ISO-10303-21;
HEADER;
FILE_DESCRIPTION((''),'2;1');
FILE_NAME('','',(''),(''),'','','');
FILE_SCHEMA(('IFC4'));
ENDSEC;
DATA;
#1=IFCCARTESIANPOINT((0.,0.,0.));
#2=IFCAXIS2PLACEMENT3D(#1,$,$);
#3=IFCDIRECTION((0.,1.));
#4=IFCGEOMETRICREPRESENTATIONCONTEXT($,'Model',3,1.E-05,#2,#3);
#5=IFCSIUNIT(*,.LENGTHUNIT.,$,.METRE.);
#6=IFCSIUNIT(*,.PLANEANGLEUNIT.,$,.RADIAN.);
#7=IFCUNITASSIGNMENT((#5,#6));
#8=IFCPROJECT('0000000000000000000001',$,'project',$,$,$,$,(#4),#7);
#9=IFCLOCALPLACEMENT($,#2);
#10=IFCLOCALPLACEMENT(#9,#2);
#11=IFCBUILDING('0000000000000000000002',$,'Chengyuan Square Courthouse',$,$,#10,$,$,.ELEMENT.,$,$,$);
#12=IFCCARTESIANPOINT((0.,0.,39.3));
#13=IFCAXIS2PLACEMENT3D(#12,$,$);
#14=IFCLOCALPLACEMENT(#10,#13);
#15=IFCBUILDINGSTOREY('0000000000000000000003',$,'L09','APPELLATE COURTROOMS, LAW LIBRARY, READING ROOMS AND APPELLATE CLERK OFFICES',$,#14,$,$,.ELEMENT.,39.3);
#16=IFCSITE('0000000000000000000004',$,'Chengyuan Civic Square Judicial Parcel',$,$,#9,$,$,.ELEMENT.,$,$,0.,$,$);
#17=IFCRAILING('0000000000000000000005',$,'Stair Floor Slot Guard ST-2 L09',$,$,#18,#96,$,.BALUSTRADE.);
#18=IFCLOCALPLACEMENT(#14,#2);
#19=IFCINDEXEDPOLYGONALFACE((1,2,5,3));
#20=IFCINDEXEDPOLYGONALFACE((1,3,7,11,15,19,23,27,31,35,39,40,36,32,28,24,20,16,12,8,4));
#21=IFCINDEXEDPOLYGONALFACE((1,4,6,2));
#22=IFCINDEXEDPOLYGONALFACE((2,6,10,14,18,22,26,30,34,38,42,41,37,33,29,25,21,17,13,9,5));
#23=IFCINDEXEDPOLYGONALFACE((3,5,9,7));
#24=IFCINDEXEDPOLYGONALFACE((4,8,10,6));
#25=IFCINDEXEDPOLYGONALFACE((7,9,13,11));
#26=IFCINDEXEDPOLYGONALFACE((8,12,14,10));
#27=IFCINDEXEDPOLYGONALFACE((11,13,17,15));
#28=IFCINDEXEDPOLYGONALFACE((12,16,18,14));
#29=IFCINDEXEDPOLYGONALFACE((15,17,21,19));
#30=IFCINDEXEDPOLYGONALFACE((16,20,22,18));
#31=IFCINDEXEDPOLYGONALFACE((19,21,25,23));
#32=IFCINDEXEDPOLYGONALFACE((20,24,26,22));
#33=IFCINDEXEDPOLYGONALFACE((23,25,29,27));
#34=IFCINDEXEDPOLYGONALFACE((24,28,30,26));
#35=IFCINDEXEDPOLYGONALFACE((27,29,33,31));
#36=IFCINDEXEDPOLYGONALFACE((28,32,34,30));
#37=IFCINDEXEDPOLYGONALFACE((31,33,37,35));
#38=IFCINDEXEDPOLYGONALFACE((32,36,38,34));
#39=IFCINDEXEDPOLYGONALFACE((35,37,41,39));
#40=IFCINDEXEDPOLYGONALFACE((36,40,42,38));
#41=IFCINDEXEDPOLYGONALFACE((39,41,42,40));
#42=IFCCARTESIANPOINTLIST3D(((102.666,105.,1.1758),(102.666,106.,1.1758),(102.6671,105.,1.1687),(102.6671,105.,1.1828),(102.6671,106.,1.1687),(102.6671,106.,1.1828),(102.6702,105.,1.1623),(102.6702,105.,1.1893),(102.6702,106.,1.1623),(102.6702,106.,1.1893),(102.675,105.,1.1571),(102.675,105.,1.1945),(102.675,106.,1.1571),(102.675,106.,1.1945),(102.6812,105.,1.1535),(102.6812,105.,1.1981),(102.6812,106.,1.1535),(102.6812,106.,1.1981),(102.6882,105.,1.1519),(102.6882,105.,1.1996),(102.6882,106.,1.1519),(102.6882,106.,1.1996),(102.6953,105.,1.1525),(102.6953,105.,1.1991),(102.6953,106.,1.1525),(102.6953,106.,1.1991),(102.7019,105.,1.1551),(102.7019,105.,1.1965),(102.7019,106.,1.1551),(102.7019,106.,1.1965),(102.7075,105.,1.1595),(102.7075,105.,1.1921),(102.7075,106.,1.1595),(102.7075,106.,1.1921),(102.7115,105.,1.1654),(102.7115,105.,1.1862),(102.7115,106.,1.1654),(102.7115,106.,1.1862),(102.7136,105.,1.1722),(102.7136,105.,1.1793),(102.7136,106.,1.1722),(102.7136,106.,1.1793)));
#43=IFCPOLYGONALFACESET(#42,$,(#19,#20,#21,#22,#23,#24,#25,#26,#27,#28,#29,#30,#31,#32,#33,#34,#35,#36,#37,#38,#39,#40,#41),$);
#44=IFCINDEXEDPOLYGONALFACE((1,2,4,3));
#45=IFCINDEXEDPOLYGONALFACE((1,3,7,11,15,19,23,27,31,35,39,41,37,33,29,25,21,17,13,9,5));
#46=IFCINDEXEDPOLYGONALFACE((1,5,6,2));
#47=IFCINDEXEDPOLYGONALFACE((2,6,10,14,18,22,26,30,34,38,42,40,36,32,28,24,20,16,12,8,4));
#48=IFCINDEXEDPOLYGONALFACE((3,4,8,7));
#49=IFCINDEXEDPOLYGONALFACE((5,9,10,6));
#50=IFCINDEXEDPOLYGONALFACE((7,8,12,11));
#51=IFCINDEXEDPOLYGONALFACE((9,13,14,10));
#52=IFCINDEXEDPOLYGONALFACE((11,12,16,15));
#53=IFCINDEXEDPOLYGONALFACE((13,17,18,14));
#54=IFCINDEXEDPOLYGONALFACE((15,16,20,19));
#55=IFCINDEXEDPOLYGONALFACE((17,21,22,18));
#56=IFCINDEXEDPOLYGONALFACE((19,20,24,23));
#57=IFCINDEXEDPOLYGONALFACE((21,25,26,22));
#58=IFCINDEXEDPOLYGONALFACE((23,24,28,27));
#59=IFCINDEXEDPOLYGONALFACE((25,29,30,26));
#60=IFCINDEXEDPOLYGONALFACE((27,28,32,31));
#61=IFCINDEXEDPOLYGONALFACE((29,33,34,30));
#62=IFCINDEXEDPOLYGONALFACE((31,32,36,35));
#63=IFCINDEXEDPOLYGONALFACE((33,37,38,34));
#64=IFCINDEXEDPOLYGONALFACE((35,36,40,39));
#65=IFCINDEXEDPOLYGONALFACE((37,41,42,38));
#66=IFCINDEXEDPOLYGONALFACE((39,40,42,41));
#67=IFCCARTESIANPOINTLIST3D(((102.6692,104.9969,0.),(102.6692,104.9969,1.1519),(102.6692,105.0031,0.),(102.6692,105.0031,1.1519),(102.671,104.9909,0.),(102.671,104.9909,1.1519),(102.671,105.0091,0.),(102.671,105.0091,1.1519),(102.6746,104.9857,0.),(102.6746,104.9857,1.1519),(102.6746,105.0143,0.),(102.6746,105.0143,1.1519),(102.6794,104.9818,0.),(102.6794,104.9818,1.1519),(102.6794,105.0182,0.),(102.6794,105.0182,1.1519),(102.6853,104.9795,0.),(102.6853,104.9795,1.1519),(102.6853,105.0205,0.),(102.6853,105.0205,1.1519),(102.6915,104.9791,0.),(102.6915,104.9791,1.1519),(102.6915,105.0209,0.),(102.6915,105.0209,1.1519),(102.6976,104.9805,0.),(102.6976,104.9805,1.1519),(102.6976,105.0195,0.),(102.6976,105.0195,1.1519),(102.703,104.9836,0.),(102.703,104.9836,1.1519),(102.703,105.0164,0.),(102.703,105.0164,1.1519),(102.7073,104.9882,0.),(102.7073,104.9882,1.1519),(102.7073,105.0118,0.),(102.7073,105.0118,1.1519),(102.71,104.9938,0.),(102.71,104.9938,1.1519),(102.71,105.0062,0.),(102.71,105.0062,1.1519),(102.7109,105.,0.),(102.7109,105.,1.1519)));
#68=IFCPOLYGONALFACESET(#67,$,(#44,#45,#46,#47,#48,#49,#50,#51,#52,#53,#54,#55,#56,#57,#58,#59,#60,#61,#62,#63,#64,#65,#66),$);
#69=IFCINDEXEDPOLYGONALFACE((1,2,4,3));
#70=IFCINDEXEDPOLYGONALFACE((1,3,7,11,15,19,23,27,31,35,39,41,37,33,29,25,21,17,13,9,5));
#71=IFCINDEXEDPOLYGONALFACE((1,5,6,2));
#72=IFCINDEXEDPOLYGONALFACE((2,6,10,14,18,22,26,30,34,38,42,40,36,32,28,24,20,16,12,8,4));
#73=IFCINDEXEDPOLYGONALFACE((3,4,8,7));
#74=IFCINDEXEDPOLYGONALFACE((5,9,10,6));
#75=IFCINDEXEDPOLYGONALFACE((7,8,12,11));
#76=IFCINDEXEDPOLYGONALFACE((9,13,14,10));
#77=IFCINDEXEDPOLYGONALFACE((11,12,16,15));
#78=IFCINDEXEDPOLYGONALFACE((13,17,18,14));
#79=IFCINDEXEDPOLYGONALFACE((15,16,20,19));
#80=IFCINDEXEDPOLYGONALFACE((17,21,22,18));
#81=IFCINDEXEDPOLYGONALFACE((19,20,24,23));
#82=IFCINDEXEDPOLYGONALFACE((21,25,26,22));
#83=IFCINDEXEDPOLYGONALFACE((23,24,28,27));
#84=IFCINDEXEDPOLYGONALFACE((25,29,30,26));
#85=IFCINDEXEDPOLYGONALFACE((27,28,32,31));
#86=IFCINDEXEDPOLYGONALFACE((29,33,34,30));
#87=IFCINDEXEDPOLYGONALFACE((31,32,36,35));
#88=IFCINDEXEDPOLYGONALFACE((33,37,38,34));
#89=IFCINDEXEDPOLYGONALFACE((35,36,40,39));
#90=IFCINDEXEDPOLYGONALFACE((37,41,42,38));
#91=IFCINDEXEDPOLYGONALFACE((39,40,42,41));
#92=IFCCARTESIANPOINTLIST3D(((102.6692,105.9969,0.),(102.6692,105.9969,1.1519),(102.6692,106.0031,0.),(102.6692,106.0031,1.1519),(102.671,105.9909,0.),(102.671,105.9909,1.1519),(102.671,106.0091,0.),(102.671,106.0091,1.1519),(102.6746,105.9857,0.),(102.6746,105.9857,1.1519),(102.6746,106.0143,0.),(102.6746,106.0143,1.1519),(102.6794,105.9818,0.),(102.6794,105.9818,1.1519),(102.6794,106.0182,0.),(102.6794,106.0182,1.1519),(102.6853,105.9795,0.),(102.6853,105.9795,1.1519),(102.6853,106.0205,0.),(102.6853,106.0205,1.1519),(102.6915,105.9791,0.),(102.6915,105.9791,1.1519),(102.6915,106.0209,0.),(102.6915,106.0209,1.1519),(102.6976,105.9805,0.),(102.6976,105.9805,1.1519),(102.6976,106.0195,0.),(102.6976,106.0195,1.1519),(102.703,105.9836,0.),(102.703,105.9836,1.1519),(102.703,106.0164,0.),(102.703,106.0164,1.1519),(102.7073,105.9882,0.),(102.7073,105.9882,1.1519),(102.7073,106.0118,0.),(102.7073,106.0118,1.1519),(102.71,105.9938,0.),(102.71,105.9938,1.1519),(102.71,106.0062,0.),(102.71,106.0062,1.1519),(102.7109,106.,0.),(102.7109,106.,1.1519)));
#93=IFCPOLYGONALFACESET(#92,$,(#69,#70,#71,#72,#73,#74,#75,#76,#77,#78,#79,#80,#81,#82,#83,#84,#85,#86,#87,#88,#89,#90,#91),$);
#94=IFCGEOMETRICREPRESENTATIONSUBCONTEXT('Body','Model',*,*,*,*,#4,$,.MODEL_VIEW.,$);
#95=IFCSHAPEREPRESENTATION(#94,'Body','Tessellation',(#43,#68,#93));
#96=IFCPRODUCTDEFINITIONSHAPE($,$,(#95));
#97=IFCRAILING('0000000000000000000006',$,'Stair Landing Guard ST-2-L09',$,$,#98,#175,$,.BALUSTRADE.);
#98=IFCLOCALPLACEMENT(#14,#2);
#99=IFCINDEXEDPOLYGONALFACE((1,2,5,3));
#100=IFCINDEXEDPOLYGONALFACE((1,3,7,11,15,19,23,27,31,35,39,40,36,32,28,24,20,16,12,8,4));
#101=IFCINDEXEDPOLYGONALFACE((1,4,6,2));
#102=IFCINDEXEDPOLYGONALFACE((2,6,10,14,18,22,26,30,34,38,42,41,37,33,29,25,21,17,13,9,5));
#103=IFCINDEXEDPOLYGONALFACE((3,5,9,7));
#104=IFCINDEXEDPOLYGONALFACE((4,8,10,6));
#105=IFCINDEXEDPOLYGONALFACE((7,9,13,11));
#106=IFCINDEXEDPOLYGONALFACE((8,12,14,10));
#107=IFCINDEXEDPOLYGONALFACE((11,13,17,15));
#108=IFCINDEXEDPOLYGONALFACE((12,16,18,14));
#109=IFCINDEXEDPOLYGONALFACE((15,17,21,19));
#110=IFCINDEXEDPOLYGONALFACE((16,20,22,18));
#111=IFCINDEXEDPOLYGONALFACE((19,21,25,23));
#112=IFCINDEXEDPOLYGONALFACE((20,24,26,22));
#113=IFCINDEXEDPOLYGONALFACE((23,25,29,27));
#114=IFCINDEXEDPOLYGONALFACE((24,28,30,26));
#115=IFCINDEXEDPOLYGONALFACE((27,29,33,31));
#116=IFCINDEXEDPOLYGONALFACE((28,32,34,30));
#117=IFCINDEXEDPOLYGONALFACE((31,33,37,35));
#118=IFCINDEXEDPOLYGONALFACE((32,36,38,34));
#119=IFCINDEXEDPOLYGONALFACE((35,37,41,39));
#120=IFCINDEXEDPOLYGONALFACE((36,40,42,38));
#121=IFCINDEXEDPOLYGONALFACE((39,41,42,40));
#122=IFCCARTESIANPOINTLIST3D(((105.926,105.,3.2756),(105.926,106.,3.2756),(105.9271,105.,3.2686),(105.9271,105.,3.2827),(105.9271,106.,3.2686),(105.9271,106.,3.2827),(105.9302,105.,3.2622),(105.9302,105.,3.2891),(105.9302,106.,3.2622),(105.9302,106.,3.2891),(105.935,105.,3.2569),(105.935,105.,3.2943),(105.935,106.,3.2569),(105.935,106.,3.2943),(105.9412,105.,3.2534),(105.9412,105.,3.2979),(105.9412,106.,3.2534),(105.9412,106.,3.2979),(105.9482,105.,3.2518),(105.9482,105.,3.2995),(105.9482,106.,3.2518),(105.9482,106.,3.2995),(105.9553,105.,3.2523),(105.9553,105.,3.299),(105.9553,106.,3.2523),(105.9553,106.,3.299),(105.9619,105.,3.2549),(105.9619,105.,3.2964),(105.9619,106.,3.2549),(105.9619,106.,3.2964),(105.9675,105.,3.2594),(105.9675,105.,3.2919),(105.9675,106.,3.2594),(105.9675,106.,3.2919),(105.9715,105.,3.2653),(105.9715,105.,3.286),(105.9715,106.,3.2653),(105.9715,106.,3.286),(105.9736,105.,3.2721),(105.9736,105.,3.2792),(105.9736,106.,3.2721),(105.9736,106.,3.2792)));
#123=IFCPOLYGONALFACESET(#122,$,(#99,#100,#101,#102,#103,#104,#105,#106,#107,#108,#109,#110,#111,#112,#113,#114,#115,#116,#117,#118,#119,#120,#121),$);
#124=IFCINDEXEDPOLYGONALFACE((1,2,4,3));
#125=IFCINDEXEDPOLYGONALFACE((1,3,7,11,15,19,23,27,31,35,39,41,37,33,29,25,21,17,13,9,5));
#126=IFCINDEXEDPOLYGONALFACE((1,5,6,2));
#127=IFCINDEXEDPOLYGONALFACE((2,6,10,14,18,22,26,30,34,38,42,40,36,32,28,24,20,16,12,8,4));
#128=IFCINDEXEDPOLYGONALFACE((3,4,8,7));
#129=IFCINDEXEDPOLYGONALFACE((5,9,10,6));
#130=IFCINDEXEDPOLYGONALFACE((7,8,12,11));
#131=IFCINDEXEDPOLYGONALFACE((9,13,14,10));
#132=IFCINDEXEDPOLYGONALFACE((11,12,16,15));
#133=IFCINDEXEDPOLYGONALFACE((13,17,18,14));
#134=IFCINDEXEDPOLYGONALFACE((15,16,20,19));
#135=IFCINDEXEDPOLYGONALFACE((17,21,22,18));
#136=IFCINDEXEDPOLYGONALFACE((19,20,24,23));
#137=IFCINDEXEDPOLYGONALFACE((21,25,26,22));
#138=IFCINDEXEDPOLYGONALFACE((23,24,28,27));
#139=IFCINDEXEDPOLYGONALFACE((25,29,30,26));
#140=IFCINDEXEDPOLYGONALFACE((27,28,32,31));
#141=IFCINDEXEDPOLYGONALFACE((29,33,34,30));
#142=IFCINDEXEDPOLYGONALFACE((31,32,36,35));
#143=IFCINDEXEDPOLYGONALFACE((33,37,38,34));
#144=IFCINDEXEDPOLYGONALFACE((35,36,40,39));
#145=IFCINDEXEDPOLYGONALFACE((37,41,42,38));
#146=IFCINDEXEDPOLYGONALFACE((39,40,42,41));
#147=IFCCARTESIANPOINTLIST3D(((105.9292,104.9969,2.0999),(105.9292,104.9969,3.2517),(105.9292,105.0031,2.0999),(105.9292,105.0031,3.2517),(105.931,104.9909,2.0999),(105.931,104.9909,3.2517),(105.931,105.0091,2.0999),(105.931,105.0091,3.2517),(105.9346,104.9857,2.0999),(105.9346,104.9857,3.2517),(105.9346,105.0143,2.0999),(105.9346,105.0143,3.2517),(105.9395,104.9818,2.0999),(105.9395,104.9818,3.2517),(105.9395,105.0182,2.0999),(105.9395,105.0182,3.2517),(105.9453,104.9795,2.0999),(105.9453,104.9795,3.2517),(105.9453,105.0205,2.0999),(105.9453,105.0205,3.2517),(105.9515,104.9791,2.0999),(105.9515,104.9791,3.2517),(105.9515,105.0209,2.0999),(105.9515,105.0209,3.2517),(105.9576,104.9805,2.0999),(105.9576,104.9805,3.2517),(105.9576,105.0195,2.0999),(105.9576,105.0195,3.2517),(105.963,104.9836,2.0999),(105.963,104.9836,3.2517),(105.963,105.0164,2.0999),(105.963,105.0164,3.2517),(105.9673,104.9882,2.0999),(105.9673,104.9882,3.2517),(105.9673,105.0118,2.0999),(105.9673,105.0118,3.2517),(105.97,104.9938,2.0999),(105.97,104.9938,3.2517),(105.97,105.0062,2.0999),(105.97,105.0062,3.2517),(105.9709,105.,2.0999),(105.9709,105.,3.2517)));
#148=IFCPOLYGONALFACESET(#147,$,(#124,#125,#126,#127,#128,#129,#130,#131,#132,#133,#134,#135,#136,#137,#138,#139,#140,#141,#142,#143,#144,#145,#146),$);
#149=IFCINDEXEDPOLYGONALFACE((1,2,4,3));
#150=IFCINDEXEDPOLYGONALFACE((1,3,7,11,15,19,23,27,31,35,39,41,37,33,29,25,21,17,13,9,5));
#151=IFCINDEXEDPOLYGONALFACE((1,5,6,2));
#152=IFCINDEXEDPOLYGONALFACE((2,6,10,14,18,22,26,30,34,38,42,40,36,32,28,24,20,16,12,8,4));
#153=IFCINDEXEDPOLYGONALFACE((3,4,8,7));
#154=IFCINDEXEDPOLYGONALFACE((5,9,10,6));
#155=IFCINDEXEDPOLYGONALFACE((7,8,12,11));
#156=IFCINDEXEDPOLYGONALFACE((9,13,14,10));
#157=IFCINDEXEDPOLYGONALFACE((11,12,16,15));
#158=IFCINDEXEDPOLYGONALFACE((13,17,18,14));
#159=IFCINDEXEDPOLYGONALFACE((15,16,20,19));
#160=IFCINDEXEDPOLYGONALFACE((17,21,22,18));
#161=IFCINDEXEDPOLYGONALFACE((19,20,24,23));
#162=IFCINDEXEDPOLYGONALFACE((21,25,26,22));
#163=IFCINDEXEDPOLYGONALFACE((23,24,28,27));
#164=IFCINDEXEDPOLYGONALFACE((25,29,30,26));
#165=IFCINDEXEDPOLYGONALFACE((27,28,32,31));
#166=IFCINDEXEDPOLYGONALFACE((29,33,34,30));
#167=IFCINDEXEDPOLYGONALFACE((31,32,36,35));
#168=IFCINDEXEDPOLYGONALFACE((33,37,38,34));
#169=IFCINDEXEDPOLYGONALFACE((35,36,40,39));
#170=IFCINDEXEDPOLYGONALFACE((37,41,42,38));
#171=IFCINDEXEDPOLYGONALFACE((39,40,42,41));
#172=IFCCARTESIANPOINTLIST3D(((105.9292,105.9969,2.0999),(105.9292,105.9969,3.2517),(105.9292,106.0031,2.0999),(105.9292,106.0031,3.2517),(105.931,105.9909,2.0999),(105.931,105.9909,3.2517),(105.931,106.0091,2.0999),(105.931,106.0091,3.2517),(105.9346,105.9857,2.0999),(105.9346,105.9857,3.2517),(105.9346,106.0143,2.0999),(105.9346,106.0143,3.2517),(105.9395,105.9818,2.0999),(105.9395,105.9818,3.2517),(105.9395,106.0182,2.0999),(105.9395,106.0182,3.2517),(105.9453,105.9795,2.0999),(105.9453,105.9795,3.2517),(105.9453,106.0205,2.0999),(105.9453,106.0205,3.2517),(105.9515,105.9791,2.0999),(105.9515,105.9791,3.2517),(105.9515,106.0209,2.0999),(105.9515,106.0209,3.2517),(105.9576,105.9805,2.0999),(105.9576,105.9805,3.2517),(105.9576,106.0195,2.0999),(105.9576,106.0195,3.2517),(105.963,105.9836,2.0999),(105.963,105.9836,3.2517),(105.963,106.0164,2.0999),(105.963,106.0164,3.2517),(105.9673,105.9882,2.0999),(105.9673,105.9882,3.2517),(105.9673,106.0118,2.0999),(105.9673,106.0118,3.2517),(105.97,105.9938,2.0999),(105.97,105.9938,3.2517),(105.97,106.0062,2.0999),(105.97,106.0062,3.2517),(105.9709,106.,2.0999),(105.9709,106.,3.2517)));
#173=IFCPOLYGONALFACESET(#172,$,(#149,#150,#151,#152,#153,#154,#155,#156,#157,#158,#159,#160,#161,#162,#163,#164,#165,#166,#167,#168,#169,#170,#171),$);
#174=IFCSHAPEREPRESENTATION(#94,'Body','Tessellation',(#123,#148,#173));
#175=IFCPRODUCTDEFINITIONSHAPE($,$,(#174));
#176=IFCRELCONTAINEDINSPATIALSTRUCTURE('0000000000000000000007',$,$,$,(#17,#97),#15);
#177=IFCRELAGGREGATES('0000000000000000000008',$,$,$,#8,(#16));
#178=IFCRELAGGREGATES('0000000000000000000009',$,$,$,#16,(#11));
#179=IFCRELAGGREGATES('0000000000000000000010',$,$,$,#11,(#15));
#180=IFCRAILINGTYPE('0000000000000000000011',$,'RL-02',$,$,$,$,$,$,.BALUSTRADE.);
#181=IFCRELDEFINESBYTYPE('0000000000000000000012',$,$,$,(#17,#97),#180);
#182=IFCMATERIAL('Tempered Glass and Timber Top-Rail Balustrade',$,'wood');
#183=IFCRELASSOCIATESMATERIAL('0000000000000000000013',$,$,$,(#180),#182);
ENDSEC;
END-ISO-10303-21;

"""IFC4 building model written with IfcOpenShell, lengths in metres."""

from ifc_helpers import new_model, si_unit, direction, frame, origin, origin_2d, place, context, subcontext, project, spatial, circle, extrude, material, type_object, element, save


model = new_model("IFC4")

# Units and contexts
model_context = context("Model", 3, precision=1e-05, world=origin(), true_north=direction((0.0, 1.0)))
body_context = subcontext(model_context, "Body", "Model", "MODEL_VIEW")
ifc_project = project(units=[si_unit("LENGTHUNIT", "METRE"), si_unit("PLANEANGLEUNIT", "RADIAN")], contexts=[model_context])

# Site, building, storey
site_placement = place(None, origin())
site = spatial("IfcSite", under=ifc_project, at=site_placement, Name="Chengyuan Civic Square Judicial Parcel", CompositionType="ELEMENT", RefElevation=0.0)
building_placement = place(site_placement, origin())
building = spatial("IfcBuilding", under=site, at=building_placement, Name="Chengyuan Square Courthouse", CompositionType="ELEMENT")
storey_placement = place(building_placement, frame((0.0, 0.0, 39.3)))
storey = spatial("IfcBuildingStorey", under=building, at=storey_placement, Name="L09", Description="APPELLATE COURTROOMS, LAW LIBRARY, READING ROOMS AND APPELLATE CLERK OFFICES", CompositionType="ELEMENT", Elevation=39.3)

# Railings
ifc_material_1 = material(Name="Tempered Glass and Timber Top-Rail Balustrade", Category="wood")
railing_type_1 = type_object("IfcRailingType", Name="RL-02", PredefinedType="BALUSTRADE", material=ifc_material_1)
for number, where, name in (
    (1, (102.6899, 105.0, 0.0), "Stair Floor Slot Guard ST-2 L09"),
    (2, (105.95, 105.0, 2.0999), "Stair Landing Guard ST-2-L09"),
):
    element("IfcRailing", number, at=place(storey_placement, frame(where)), inside=storey, type_object=railing_type_1, Name=name, PredefinedType="BALUSTRADE", context=body_context, shape_type="SweptSolid", body=[
        extrude(circle(Radius=0.0239, at=origin_2d()), frame((0.0, 0.0, 1.1758), z_axis=(0.0, 1.0, 0.0), x_axis=(-1.0, 0.0, 0.0)), (0.0, 0.0, 1.0), 1.0),
        extrude(circle(Radius=0.021, at=origin_2d()), origin(), (0.0, 0.0, 1.0), 1.1519),
        extrude(circle(Radius=0.021, at=origin_2d()), frame((0.0, 1.0, 0.0)), (0.0, 0.0, 1.0), 1.1519),
    ])

save(model, "model.ifc")
